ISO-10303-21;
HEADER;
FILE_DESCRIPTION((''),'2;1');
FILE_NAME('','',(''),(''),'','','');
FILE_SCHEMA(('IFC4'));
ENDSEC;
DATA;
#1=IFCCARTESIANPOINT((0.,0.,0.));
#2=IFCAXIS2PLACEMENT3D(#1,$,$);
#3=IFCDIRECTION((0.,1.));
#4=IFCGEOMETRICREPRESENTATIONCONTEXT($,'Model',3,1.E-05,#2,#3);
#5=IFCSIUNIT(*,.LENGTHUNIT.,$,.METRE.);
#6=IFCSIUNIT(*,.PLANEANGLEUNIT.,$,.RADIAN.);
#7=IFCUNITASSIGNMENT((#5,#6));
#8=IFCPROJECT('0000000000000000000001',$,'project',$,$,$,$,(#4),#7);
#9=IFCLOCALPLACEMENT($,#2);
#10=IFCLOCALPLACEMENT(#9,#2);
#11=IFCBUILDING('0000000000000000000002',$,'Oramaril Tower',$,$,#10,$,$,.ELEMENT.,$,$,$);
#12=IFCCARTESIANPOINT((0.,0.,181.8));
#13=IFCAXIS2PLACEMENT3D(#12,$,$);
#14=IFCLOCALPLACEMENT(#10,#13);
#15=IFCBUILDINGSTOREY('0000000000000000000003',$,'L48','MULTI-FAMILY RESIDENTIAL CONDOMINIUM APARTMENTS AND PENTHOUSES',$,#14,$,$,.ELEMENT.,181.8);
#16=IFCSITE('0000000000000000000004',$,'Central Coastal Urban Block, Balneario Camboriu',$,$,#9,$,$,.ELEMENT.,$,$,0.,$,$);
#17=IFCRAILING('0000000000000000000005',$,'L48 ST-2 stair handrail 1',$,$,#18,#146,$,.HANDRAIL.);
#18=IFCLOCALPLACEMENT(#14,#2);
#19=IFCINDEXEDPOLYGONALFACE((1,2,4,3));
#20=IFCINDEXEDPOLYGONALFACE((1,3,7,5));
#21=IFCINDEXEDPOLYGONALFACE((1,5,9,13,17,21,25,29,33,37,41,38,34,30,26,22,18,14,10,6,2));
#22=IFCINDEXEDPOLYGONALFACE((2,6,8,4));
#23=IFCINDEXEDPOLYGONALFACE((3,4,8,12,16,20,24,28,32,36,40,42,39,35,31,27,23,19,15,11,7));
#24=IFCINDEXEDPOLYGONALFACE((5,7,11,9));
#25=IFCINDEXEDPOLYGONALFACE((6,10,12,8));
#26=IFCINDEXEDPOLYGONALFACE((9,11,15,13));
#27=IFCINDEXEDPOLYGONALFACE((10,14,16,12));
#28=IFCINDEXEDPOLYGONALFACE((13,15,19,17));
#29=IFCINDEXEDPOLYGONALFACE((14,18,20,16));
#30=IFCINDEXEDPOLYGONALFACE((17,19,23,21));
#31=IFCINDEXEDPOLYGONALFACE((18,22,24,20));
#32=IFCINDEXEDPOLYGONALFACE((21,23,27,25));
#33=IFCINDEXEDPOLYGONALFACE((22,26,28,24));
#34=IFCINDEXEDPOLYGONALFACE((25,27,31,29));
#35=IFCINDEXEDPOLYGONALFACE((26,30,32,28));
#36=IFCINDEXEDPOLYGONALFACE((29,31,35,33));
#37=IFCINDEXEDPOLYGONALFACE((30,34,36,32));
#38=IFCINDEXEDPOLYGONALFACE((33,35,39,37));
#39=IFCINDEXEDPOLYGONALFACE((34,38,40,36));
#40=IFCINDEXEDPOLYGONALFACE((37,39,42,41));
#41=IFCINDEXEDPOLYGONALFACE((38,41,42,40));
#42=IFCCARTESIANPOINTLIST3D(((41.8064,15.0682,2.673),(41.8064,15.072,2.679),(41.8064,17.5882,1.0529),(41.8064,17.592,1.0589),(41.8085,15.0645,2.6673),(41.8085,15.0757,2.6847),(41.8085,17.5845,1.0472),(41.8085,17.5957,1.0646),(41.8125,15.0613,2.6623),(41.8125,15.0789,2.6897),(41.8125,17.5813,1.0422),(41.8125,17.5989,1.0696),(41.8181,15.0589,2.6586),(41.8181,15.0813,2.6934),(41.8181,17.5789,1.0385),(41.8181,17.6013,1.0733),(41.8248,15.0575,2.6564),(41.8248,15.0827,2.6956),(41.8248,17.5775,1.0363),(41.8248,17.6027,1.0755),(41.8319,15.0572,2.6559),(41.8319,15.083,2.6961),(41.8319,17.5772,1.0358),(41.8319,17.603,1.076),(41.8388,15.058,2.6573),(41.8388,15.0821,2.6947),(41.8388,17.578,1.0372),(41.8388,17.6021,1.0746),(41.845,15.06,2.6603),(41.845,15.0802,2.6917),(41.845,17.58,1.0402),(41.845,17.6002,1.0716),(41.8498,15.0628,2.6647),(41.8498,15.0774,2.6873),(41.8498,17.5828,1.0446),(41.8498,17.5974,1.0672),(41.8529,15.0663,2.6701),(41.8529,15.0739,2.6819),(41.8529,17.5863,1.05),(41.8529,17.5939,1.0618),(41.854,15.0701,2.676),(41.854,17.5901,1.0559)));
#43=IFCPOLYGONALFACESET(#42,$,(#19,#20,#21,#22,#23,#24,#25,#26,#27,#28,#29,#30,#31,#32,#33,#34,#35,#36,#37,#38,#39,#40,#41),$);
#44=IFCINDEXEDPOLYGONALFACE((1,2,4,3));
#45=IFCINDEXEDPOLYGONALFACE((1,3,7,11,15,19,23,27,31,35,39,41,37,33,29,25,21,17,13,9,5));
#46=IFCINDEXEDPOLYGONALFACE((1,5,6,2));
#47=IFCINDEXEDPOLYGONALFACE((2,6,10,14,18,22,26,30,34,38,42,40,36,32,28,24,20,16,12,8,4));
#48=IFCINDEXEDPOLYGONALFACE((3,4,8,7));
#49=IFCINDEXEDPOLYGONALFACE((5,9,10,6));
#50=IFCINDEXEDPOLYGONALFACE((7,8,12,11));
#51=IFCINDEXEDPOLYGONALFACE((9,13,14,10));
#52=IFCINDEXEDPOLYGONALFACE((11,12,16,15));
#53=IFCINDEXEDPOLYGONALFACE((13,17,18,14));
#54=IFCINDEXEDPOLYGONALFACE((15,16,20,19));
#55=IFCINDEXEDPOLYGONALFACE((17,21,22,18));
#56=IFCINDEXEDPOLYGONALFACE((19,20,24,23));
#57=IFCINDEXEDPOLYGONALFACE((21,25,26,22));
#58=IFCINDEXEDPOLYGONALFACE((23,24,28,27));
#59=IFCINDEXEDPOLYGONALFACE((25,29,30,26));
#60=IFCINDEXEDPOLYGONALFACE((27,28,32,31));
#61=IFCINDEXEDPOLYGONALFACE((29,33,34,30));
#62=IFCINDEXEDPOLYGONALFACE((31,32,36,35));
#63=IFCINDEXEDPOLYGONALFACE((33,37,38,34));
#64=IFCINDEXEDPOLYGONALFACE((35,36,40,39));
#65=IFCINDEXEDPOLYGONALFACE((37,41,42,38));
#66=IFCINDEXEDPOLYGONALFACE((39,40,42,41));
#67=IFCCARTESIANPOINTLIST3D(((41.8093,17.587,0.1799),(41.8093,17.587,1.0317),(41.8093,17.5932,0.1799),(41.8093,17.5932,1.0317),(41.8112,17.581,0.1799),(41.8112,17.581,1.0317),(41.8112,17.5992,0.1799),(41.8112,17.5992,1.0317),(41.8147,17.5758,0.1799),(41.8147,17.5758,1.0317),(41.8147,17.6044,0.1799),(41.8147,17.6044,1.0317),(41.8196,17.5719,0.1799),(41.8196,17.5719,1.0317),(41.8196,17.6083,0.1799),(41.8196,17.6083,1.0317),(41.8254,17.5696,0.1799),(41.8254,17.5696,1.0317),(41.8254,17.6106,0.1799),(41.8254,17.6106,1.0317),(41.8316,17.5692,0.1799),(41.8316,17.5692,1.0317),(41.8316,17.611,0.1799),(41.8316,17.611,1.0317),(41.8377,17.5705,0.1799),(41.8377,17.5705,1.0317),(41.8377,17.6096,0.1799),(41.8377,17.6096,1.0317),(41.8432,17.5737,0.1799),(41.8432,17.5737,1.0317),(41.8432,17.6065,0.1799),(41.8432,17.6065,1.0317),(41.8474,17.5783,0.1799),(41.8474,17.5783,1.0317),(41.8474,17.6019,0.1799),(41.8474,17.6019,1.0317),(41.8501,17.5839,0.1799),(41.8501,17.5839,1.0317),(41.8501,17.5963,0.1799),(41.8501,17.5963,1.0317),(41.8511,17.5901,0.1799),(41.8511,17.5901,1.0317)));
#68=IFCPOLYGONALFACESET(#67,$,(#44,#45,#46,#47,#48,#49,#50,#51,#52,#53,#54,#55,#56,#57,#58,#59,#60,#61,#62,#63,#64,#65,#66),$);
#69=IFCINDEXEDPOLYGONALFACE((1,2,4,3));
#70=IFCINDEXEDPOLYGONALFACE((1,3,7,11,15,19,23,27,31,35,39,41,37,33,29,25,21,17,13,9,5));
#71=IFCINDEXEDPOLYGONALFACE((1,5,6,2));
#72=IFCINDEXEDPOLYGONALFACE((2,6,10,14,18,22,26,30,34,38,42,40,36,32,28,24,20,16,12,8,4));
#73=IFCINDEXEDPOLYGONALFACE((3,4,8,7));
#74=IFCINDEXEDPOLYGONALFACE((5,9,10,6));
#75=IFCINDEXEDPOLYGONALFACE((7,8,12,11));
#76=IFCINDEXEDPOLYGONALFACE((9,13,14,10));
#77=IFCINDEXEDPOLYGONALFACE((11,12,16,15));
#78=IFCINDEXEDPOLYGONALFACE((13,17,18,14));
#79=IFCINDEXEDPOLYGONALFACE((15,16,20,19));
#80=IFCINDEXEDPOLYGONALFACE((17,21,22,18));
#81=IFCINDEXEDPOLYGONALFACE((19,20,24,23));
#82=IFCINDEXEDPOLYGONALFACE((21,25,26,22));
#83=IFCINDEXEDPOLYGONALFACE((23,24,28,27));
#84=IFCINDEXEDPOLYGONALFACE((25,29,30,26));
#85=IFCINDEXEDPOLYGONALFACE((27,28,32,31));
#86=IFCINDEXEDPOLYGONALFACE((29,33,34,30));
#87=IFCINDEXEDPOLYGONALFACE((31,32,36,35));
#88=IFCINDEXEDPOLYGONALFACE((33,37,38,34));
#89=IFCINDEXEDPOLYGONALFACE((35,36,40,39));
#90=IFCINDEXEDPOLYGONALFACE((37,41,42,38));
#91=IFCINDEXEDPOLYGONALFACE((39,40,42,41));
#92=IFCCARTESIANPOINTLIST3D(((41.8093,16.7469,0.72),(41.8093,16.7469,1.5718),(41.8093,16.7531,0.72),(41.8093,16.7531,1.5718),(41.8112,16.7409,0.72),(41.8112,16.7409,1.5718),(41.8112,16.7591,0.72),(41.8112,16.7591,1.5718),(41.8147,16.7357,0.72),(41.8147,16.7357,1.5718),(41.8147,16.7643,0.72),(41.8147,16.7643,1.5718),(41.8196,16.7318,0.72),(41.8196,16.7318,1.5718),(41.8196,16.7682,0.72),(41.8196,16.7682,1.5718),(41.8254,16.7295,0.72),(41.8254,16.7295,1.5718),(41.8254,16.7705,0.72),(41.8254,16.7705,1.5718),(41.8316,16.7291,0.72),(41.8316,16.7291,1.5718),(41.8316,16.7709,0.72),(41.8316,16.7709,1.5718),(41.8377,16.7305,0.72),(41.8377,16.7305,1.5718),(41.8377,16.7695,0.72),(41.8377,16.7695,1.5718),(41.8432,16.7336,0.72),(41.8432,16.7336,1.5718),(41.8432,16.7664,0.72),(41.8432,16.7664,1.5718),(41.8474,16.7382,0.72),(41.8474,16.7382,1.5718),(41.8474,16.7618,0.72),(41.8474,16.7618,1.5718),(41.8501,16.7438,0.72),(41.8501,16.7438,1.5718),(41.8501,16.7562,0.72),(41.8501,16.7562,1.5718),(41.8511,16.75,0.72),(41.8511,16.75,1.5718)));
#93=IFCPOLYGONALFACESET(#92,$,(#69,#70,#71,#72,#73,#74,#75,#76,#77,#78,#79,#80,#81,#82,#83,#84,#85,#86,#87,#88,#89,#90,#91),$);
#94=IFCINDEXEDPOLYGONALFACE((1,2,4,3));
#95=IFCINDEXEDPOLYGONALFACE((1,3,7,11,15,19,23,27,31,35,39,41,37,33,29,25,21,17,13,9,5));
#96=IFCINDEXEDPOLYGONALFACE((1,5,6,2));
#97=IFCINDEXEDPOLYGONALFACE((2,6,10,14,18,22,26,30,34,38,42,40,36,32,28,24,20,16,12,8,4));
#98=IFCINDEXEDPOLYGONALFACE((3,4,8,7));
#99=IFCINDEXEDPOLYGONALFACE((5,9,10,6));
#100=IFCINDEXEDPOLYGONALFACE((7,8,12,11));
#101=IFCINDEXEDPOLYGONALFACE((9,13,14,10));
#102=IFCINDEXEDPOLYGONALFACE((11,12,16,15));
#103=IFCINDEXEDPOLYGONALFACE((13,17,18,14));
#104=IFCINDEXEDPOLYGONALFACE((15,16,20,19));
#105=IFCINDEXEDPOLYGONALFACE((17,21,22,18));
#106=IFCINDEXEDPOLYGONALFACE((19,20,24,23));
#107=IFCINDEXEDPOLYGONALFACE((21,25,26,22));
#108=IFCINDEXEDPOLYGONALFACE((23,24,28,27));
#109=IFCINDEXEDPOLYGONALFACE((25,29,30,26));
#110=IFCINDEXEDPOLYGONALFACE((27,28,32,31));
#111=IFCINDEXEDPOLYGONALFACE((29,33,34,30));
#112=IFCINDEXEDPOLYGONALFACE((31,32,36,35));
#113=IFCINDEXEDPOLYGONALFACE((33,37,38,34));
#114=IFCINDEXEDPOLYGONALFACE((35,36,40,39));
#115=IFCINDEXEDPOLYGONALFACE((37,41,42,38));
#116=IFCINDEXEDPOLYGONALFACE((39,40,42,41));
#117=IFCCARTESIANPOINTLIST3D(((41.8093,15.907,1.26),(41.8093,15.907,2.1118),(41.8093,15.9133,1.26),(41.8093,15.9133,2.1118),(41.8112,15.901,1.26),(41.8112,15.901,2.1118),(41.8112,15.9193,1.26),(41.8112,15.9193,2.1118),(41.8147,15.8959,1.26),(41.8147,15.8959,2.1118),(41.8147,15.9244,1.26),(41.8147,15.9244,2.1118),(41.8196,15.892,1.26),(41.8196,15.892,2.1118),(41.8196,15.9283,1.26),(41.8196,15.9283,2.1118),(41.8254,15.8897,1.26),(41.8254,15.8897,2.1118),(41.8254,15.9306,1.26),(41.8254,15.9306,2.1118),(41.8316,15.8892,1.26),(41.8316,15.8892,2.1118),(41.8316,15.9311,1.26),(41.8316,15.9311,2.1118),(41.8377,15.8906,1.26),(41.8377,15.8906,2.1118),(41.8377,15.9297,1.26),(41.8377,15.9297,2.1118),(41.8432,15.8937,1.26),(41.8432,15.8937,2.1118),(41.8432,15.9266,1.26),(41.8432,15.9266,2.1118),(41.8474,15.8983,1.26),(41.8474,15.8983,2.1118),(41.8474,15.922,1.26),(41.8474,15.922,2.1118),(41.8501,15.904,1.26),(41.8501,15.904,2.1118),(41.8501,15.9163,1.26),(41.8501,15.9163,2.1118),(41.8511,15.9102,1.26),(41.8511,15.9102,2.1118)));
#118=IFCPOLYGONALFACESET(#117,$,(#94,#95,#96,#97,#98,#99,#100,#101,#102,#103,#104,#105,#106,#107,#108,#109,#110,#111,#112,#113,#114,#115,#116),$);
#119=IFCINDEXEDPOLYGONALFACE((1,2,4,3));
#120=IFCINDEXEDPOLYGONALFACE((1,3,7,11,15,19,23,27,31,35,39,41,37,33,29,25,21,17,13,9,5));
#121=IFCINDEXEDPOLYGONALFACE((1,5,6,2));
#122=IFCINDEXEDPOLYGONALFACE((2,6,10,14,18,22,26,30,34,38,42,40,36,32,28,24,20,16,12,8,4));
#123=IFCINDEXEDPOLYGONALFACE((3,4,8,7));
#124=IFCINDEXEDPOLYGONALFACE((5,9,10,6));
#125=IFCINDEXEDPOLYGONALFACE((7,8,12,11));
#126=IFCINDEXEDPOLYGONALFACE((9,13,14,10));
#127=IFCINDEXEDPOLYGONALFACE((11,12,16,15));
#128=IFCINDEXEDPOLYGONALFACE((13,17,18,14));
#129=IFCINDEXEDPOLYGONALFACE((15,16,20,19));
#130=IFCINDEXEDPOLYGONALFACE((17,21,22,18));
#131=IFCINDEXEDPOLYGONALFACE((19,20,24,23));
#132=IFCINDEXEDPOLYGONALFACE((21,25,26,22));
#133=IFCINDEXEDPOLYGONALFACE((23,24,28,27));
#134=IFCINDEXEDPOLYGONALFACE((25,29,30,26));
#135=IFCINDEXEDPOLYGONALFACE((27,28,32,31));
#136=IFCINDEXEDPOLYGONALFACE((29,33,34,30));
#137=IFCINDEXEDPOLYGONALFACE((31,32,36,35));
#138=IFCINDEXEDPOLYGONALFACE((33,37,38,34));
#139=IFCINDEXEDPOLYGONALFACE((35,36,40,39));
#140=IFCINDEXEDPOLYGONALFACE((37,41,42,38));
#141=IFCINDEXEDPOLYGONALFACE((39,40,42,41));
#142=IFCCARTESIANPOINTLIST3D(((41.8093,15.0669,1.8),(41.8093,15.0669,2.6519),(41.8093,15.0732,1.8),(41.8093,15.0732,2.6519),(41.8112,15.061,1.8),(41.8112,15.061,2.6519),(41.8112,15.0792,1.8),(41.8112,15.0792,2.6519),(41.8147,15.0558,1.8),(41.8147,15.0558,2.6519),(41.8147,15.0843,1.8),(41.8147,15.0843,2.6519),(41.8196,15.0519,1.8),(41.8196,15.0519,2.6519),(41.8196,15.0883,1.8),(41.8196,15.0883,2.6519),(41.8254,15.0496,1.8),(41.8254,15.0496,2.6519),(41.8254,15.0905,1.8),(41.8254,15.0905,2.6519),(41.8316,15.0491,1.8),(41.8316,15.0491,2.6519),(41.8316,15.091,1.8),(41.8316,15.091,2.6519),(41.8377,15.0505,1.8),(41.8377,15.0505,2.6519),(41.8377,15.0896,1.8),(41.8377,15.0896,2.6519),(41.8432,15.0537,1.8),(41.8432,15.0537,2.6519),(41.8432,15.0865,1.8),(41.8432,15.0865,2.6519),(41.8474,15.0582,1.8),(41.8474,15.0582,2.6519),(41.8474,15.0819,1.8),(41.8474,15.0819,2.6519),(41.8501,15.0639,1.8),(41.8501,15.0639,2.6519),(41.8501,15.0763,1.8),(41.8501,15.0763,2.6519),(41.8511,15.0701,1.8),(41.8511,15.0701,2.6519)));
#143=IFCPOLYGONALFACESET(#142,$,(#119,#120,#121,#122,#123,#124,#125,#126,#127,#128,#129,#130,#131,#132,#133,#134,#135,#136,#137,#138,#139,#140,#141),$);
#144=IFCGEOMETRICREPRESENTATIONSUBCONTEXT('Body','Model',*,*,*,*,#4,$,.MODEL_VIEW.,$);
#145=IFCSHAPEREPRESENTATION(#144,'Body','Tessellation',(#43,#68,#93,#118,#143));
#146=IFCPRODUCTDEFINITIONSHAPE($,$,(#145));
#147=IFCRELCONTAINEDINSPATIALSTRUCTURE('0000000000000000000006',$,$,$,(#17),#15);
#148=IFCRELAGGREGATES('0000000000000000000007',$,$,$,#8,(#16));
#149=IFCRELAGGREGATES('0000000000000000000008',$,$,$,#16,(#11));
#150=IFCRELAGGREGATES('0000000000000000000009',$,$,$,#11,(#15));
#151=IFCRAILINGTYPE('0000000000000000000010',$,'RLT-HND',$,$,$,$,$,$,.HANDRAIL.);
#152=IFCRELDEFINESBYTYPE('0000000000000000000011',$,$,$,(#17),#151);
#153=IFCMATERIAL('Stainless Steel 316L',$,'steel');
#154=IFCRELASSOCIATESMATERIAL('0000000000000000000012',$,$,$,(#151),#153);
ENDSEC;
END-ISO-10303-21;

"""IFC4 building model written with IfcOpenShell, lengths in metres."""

from ifc_helpers import new_model, si_unit, direction, frame, origin, origin_2d, place, context, subcontext, project, spatial, circle, extrude, material, type_object, element, save


model = new_model("IFC4")

# Units and contexts
model_context = context("Model", 3, precision=1e-05, world=origin(), true_north=direction((0.0, 1.0)))
body_context = subcontext(model_context, "Body", "Model", "MODEL_VIEW")
ifc_project = project(units=[si_unit("LENGTHUNIT", "METRE"), si_unit("PLANEANGLEUNIT", "RADIAN")], contexts=[model_context])

# Site, building, storey
site_placement = place(None, origin())
site = spatial("IfcSite", under=ifc_project, at=site_placement, Name="Central Coastal Urban Block, Balneario Camboriu", CompositionType="ELEMENT", RefElevation=0.0)
building_placement = place(site_placement, origin())
building = spatial("IfcBuilding", under=site, at=building_placement, Name="Oramaril Tower", CompositionType="ELEMENT")
storey_placement = place(building_placement, frame((0.0, 0.0, 181.8)))
storey = spatial("IfcBuildingStorey", under=building, at=storey_placement, Name="L48", Description="MULTI-FAMILY RESIDENTIAL CONDOMINIUM APARTMENTS AND PENTHOUSES", CompositionType="ELEMENT", Elevation=181.8)

# Railing
ifc_material_1 = material(Name="Stainless Steel 316L", Category="steel")
railing_type_1 = type_object("IfcRailingType", Name="RLT-HND", PredefinedType="HANDRAIL", material=ifc_material_1)
railing_1_placement = place(storey_placement, frame((41.8301, 17.5901, 0.1799)))
element("IfcRailing", 1, at=railing_1_placement, inside=storey, type_object=railing_type_1, Name="L48 ST-2 stair handrail 1", PredefinedType="HANDRAIL", context=body_context, shape_type="SweptSolid", body=[
    extrude(circle(Radius=0.0239, at=origin_2d()), frame((0.0, 0.0, 0.876), z_axis=(0.0, -0.841163, 0.540782), x_axis=(1.0, 0.0, 0.0)), (0.0, 0.0, 1.0), 2.9958),
    extrude(circle(Radius=0.021, at=origin_2d()), origin(), (0.0, 0.0, 1.0), 0.8518),
    extrude(circle(Radius=0.021, at=origin_2d()), frame((0.0, -0.8401, 0.54)), (0.0, 0.0, 1.0), 0.8518),
    extrude(circle(Radius=0.021, at=origin_2d()), frame((0.0, -1.6799, 1.0801)), (0.0, 0.0, 1.0), 0.8518),
    extrude(circle(Radius=0.021, at=origin_2d()), frame((0.0, -2.52, 1.6201)), (0.0, 0.0, 1.0), 0.8518),
])

save(model, "model.ifc")
